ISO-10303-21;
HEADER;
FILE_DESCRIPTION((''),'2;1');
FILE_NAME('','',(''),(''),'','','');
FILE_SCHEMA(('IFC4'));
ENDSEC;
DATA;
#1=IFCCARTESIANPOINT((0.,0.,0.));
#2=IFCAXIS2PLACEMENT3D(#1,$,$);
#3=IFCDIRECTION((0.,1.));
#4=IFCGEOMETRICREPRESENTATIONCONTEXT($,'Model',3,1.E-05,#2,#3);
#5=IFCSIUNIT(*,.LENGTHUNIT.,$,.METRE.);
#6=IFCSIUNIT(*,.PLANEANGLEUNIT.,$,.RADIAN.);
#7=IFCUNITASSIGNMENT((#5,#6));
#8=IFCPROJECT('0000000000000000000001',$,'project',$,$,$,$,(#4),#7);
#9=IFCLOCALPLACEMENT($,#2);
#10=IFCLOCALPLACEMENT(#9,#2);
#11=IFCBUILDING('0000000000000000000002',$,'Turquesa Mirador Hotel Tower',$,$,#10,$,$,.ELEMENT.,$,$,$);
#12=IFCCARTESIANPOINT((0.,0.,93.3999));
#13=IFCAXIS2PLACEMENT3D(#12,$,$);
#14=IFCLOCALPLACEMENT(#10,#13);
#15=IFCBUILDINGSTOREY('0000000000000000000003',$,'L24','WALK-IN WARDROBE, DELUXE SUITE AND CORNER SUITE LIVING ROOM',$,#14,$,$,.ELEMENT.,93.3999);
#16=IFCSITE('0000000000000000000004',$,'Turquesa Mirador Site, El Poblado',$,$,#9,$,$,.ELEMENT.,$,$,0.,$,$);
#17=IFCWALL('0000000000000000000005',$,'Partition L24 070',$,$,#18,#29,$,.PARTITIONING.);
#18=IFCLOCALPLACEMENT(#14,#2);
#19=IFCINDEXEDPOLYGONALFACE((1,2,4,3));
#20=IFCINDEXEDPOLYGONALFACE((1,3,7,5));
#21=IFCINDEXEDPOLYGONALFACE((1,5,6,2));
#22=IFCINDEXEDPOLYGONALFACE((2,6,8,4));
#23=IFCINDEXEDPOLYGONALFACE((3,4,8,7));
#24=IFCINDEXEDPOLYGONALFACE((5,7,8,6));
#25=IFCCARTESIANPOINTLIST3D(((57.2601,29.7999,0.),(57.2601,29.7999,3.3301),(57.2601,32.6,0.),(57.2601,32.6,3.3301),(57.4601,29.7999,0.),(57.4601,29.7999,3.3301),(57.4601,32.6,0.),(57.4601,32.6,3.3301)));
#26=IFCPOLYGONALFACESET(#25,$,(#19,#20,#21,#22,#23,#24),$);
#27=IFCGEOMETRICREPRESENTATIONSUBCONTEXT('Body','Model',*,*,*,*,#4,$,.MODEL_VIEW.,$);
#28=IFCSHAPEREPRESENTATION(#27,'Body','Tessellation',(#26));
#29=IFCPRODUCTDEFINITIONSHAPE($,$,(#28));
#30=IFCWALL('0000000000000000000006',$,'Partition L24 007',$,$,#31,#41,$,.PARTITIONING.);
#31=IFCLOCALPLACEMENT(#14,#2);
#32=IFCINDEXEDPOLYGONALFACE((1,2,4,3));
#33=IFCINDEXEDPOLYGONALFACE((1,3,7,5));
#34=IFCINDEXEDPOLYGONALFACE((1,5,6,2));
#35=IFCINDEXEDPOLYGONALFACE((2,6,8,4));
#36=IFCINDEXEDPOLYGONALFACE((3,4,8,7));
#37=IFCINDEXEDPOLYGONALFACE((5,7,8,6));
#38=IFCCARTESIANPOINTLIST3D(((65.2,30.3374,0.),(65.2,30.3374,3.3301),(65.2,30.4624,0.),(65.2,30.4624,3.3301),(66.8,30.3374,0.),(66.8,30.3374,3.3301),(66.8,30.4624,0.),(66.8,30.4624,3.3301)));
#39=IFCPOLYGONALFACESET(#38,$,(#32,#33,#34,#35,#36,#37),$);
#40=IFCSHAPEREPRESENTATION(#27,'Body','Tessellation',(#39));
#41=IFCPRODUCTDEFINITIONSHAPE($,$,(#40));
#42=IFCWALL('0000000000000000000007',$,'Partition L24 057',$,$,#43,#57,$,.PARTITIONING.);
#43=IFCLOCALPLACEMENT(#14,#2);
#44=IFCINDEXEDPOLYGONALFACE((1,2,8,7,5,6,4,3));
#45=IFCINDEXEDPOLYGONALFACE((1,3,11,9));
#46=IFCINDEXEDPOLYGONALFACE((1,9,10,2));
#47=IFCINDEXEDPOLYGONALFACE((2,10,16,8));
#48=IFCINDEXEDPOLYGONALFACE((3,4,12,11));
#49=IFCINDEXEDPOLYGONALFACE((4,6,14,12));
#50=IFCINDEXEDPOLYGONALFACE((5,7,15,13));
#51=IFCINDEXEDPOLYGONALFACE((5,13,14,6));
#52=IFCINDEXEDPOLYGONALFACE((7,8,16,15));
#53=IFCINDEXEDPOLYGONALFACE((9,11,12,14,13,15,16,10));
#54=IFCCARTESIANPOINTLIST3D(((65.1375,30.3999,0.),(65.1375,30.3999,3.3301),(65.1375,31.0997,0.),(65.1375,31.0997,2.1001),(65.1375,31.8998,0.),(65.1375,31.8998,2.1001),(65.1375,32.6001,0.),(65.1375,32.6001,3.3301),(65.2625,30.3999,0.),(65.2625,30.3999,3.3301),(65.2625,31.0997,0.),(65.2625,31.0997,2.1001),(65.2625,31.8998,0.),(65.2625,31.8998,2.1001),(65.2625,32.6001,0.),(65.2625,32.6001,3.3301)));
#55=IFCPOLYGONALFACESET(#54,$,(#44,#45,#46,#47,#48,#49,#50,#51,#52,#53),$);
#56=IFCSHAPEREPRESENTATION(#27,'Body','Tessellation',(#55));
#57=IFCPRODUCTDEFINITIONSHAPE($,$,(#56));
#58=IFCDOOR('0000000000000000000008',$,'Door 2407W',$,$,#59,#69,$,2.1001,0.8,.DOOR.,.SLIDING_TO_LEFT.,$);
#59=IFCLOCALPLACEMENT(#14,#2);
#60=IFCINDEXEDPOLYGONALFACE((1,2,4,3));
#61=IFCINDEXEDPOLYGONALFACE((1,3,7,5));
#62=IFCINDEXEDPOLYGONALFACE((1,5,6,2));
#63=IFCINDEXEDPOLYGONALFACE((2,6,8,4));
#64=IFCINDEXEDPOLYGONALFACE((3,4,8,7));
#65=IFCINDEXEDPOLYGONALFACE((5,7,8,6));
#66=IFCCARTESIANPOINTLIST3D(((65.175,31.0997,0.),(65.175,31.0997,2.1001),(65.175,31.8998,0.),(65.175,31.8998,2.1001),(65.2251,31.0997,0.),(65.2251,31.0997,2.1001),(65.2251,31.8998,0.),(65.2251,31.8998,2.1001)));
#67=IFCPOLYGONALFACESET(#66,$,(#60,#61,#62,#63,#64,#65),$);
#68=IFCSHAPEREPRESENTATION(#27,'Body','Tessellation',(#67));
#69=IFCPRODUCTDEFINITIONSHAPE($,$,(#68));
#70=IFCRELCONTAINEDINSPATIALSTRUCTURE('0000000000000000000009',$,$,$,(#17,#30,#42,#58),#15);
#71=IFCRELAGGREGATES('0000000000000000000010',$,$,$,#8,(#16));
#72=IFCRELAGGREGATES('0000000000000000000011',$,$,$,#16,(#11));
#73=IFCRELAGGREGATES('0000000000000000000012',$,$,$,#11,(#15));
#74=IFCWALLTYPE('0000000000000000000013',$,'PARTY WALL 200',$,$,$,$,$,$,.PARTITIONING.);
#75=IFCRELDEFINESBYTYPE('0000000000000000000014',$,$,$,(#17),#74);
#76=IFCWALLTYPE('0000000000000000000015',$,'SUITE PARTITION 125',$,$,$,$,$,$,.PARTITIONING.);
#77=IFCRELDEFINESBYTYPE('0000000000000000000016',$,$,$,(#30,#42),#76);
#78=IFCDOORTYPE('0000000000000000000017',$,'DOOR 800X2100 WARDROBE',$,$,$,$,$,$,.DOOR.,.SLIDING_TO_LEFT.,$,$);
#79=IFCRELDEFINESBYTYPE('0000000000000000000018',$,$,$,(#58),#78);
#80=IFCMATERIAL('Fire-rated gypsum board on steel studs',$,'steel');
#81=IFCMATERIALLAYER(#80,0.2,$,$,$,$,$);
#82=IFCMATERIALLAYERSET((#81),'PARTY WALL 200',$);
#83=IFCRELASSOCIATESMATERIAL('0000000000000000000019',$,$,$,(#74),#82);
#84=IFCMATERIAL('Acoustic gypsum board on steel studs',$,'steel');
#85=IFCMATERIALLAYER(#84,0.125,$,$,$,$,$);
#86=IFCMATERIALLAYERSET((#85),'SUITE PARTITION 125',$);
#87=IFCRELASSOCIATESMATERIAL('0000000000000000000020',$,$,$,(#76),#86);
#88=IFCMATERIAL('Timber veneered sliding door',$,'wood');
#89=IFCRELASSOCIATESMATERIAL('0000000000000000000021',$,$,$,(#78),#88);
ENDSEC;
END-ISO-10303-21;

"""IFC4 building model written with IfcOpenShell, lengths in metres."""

from ifc_helpers import new_model, si_unit, direction, frame, frame_2d, origin, place, context, subcontext, project, spatial, rectangle, extrude, material, layer, layer_set, type_object, element, fill, save


model = new_model("IFC4")

# Units and contexts
model_context = context("Model", 3, precision=1e-05, world=origin(), true_north=direction((0.0, 1.0)))
body_context = subcontext(model_context, "Body", "Model", "MODEL_VIEW")
ifc_project = project(units=[si_unit("LENGTHUNIT", "METRE"), si_unit("PLANEANGLEUNIT", "RADIAN")], contexts=[model_context])

# Site, building, storey
site_placement = place(None, origin())
site = spatial("IfcSite", under=ifc_project, at=site_placement, Name="Turquesa Mirador Site, El Poblado", CompositionType="ELEMENT", RefElevation=0.0)
building_placement = place(site_placement, origin())
building = spatial("IfcBuilding", under=site, at=building_placement, Name="Turquesa Mirador Hotel Tower", CompositionType="ELEMENT")
storey_placement = place(building_placement, frame((0.0, 0.0, 93.3999)))
storey = spatial("IfcBuildingStorey", under=building, at=storey_placement, Name="L24", Description="WALK-IN WARDROBE, DELUXE SUITE AND CORNER SUITE LIVING ROOM", CompositionType="ELEMENT", Elevation=93.3999)

# Walls
ifc_material_1 = material(Name="Fire-rated gypsum board on steel studs", Category="steel")
ifc_layer_1 = layer(ifc_material_1, 0.2)
ifc_layer_set_1 = layer_set([ifc_layer_1], Name="PARTY WALL 200")
wall_type_1 = type_object("IfcWallType", Name="PARTY WALL 200", PredefinedType="PARTITIONING", material=ifc_layer_set_1)
wall_1_placement = place(storey_placement, frame((57.3601, 29.8, 0.0), z_axis=(0.0, 0.0, 1.0), x_axis=(0.0, 1.0, 0.0)))
element("IfcWall", 1, at=wall_1_placement, inside=storey, type_object=wall_type_1, Name="Partition L24 070", PredefinedType="PARTITIONING", context=body_context, shape_type="SweptSolid", body=[
    extrude(rectangle(XDim=2.8, YDim=0.2, at=frame_2d((1.3999, 0.0))), origin(), (0.0, 0.0, 1.0), 3.3301),
])
ifc_material_2 = material(Name="Acoustic gypsum board on steel studs", Category="steel")
ifc_layer_2 = layer(ifc_material_2, 0.125)
ifc_layer_set_2 = layer_set([ifc_layer_2], Name="SUITE PARTITION 125")
wall_type_2 = type_object("IfcWallType", Name="SUITE PARTITION 125", PredefinedType="PARTITIONING", material=ifc_layer_set_2)
wall_2_placement = place(storey_placement, frame((65.2, 30.3999, 0.0), z_axis=(0.0, 0.0, 1.0), x_axis=(1.0, 0.0, 0.0)))
element("IfcWall", 2, at=wall_2_placement, inside=storey, type_object=wall_type_2, Name="Partition L24 007", PredefinedType="PARTITIONING", context=body_context, shape_type="SweptSolid", body=[
    extrude(rectangle(XDim=1.6001, YDim=0.125, at=frame_2d((0.8, 0.0))), origin(), (0.0, 0.0, 1.0), 3.3301),
])

# Wall, opening, door
wall_3_placement = place(storey_placement, frame((65.2, 30.3999, 0.0), z_axis=(0.0, 0.0, 1.0), x_axis=(0.0, 1.0, 0.0)))
wall_3 = element("IfcWall", 3, at=wall_3_placement, inside=storey, type_object=wall_type_2, Name="Partition L24 057", PredefinedType="PARTITIONING", context=body_context, shape_type="SweptSolid", body=[
    extrude(rectangle(XDim=2.2002, YDim=0.125, at=frame_2d((1.1001, 0.0))), origin(), (0.0, 0.0, 1.0), 3.3301),
])
opening_1_placement = place(wall_3_placement, frame((0.7, 0.0, 0.0)))
opening_1 = element("IfcOpeningElement", 4, at=opening_1_placement, cuts=wall_3, PredefinedType="OPENING", context=body_context, shape_type="SweptSolid", body=[
    extrude(rectangle(XDim=0.8, YDim=2.1001, at=frame_2d((0.3999, 1.05))), frame((0.0, 0.0725, 0.0), z_axis=(0.0, -1.0, 0.0), x_axis=(1.0, 0.0, 0.0)), (0.0, 0.0, 1.0), 0.145),
])
ifc_material_3 = material(Name="Timber veneered sliding door", Category="wood")
door_type_1 = type_object("IfcDoorType", Name="DOOR 800X2100 WARDROBE", OperationType="SLIDING_TO_LEFT", PredefinedType="DOOR", material=ifc_material_3)
door_1_placement = place(opening_1_placement, origin())
door_1 = element("IfcDoor", 5, at=door_1_placement, inside=storey, type_object=door_type_1, Name="Door 2407W", OperationType="SLIDING_TO_LEFT", OverallHeight=2.1001, OverallWidth=0.8, PredefinedType="DOOR", context=body_context, shape_type="SweptSolid", body=[
    extrude(rectangle(XDim=0.8, YDim=2.1001, at=frame_2d((0.3999, 1.05))), frame((0.0, 0.0249, 0.0), z_axis=(0.0, -1.0, 0.0), x_axis=(1.0, 0.0, 0.0)), (0.0, 0.0, 1.0), 0.05),
])
fill(opening_1, door_1)

save(model, "model.ifc")
